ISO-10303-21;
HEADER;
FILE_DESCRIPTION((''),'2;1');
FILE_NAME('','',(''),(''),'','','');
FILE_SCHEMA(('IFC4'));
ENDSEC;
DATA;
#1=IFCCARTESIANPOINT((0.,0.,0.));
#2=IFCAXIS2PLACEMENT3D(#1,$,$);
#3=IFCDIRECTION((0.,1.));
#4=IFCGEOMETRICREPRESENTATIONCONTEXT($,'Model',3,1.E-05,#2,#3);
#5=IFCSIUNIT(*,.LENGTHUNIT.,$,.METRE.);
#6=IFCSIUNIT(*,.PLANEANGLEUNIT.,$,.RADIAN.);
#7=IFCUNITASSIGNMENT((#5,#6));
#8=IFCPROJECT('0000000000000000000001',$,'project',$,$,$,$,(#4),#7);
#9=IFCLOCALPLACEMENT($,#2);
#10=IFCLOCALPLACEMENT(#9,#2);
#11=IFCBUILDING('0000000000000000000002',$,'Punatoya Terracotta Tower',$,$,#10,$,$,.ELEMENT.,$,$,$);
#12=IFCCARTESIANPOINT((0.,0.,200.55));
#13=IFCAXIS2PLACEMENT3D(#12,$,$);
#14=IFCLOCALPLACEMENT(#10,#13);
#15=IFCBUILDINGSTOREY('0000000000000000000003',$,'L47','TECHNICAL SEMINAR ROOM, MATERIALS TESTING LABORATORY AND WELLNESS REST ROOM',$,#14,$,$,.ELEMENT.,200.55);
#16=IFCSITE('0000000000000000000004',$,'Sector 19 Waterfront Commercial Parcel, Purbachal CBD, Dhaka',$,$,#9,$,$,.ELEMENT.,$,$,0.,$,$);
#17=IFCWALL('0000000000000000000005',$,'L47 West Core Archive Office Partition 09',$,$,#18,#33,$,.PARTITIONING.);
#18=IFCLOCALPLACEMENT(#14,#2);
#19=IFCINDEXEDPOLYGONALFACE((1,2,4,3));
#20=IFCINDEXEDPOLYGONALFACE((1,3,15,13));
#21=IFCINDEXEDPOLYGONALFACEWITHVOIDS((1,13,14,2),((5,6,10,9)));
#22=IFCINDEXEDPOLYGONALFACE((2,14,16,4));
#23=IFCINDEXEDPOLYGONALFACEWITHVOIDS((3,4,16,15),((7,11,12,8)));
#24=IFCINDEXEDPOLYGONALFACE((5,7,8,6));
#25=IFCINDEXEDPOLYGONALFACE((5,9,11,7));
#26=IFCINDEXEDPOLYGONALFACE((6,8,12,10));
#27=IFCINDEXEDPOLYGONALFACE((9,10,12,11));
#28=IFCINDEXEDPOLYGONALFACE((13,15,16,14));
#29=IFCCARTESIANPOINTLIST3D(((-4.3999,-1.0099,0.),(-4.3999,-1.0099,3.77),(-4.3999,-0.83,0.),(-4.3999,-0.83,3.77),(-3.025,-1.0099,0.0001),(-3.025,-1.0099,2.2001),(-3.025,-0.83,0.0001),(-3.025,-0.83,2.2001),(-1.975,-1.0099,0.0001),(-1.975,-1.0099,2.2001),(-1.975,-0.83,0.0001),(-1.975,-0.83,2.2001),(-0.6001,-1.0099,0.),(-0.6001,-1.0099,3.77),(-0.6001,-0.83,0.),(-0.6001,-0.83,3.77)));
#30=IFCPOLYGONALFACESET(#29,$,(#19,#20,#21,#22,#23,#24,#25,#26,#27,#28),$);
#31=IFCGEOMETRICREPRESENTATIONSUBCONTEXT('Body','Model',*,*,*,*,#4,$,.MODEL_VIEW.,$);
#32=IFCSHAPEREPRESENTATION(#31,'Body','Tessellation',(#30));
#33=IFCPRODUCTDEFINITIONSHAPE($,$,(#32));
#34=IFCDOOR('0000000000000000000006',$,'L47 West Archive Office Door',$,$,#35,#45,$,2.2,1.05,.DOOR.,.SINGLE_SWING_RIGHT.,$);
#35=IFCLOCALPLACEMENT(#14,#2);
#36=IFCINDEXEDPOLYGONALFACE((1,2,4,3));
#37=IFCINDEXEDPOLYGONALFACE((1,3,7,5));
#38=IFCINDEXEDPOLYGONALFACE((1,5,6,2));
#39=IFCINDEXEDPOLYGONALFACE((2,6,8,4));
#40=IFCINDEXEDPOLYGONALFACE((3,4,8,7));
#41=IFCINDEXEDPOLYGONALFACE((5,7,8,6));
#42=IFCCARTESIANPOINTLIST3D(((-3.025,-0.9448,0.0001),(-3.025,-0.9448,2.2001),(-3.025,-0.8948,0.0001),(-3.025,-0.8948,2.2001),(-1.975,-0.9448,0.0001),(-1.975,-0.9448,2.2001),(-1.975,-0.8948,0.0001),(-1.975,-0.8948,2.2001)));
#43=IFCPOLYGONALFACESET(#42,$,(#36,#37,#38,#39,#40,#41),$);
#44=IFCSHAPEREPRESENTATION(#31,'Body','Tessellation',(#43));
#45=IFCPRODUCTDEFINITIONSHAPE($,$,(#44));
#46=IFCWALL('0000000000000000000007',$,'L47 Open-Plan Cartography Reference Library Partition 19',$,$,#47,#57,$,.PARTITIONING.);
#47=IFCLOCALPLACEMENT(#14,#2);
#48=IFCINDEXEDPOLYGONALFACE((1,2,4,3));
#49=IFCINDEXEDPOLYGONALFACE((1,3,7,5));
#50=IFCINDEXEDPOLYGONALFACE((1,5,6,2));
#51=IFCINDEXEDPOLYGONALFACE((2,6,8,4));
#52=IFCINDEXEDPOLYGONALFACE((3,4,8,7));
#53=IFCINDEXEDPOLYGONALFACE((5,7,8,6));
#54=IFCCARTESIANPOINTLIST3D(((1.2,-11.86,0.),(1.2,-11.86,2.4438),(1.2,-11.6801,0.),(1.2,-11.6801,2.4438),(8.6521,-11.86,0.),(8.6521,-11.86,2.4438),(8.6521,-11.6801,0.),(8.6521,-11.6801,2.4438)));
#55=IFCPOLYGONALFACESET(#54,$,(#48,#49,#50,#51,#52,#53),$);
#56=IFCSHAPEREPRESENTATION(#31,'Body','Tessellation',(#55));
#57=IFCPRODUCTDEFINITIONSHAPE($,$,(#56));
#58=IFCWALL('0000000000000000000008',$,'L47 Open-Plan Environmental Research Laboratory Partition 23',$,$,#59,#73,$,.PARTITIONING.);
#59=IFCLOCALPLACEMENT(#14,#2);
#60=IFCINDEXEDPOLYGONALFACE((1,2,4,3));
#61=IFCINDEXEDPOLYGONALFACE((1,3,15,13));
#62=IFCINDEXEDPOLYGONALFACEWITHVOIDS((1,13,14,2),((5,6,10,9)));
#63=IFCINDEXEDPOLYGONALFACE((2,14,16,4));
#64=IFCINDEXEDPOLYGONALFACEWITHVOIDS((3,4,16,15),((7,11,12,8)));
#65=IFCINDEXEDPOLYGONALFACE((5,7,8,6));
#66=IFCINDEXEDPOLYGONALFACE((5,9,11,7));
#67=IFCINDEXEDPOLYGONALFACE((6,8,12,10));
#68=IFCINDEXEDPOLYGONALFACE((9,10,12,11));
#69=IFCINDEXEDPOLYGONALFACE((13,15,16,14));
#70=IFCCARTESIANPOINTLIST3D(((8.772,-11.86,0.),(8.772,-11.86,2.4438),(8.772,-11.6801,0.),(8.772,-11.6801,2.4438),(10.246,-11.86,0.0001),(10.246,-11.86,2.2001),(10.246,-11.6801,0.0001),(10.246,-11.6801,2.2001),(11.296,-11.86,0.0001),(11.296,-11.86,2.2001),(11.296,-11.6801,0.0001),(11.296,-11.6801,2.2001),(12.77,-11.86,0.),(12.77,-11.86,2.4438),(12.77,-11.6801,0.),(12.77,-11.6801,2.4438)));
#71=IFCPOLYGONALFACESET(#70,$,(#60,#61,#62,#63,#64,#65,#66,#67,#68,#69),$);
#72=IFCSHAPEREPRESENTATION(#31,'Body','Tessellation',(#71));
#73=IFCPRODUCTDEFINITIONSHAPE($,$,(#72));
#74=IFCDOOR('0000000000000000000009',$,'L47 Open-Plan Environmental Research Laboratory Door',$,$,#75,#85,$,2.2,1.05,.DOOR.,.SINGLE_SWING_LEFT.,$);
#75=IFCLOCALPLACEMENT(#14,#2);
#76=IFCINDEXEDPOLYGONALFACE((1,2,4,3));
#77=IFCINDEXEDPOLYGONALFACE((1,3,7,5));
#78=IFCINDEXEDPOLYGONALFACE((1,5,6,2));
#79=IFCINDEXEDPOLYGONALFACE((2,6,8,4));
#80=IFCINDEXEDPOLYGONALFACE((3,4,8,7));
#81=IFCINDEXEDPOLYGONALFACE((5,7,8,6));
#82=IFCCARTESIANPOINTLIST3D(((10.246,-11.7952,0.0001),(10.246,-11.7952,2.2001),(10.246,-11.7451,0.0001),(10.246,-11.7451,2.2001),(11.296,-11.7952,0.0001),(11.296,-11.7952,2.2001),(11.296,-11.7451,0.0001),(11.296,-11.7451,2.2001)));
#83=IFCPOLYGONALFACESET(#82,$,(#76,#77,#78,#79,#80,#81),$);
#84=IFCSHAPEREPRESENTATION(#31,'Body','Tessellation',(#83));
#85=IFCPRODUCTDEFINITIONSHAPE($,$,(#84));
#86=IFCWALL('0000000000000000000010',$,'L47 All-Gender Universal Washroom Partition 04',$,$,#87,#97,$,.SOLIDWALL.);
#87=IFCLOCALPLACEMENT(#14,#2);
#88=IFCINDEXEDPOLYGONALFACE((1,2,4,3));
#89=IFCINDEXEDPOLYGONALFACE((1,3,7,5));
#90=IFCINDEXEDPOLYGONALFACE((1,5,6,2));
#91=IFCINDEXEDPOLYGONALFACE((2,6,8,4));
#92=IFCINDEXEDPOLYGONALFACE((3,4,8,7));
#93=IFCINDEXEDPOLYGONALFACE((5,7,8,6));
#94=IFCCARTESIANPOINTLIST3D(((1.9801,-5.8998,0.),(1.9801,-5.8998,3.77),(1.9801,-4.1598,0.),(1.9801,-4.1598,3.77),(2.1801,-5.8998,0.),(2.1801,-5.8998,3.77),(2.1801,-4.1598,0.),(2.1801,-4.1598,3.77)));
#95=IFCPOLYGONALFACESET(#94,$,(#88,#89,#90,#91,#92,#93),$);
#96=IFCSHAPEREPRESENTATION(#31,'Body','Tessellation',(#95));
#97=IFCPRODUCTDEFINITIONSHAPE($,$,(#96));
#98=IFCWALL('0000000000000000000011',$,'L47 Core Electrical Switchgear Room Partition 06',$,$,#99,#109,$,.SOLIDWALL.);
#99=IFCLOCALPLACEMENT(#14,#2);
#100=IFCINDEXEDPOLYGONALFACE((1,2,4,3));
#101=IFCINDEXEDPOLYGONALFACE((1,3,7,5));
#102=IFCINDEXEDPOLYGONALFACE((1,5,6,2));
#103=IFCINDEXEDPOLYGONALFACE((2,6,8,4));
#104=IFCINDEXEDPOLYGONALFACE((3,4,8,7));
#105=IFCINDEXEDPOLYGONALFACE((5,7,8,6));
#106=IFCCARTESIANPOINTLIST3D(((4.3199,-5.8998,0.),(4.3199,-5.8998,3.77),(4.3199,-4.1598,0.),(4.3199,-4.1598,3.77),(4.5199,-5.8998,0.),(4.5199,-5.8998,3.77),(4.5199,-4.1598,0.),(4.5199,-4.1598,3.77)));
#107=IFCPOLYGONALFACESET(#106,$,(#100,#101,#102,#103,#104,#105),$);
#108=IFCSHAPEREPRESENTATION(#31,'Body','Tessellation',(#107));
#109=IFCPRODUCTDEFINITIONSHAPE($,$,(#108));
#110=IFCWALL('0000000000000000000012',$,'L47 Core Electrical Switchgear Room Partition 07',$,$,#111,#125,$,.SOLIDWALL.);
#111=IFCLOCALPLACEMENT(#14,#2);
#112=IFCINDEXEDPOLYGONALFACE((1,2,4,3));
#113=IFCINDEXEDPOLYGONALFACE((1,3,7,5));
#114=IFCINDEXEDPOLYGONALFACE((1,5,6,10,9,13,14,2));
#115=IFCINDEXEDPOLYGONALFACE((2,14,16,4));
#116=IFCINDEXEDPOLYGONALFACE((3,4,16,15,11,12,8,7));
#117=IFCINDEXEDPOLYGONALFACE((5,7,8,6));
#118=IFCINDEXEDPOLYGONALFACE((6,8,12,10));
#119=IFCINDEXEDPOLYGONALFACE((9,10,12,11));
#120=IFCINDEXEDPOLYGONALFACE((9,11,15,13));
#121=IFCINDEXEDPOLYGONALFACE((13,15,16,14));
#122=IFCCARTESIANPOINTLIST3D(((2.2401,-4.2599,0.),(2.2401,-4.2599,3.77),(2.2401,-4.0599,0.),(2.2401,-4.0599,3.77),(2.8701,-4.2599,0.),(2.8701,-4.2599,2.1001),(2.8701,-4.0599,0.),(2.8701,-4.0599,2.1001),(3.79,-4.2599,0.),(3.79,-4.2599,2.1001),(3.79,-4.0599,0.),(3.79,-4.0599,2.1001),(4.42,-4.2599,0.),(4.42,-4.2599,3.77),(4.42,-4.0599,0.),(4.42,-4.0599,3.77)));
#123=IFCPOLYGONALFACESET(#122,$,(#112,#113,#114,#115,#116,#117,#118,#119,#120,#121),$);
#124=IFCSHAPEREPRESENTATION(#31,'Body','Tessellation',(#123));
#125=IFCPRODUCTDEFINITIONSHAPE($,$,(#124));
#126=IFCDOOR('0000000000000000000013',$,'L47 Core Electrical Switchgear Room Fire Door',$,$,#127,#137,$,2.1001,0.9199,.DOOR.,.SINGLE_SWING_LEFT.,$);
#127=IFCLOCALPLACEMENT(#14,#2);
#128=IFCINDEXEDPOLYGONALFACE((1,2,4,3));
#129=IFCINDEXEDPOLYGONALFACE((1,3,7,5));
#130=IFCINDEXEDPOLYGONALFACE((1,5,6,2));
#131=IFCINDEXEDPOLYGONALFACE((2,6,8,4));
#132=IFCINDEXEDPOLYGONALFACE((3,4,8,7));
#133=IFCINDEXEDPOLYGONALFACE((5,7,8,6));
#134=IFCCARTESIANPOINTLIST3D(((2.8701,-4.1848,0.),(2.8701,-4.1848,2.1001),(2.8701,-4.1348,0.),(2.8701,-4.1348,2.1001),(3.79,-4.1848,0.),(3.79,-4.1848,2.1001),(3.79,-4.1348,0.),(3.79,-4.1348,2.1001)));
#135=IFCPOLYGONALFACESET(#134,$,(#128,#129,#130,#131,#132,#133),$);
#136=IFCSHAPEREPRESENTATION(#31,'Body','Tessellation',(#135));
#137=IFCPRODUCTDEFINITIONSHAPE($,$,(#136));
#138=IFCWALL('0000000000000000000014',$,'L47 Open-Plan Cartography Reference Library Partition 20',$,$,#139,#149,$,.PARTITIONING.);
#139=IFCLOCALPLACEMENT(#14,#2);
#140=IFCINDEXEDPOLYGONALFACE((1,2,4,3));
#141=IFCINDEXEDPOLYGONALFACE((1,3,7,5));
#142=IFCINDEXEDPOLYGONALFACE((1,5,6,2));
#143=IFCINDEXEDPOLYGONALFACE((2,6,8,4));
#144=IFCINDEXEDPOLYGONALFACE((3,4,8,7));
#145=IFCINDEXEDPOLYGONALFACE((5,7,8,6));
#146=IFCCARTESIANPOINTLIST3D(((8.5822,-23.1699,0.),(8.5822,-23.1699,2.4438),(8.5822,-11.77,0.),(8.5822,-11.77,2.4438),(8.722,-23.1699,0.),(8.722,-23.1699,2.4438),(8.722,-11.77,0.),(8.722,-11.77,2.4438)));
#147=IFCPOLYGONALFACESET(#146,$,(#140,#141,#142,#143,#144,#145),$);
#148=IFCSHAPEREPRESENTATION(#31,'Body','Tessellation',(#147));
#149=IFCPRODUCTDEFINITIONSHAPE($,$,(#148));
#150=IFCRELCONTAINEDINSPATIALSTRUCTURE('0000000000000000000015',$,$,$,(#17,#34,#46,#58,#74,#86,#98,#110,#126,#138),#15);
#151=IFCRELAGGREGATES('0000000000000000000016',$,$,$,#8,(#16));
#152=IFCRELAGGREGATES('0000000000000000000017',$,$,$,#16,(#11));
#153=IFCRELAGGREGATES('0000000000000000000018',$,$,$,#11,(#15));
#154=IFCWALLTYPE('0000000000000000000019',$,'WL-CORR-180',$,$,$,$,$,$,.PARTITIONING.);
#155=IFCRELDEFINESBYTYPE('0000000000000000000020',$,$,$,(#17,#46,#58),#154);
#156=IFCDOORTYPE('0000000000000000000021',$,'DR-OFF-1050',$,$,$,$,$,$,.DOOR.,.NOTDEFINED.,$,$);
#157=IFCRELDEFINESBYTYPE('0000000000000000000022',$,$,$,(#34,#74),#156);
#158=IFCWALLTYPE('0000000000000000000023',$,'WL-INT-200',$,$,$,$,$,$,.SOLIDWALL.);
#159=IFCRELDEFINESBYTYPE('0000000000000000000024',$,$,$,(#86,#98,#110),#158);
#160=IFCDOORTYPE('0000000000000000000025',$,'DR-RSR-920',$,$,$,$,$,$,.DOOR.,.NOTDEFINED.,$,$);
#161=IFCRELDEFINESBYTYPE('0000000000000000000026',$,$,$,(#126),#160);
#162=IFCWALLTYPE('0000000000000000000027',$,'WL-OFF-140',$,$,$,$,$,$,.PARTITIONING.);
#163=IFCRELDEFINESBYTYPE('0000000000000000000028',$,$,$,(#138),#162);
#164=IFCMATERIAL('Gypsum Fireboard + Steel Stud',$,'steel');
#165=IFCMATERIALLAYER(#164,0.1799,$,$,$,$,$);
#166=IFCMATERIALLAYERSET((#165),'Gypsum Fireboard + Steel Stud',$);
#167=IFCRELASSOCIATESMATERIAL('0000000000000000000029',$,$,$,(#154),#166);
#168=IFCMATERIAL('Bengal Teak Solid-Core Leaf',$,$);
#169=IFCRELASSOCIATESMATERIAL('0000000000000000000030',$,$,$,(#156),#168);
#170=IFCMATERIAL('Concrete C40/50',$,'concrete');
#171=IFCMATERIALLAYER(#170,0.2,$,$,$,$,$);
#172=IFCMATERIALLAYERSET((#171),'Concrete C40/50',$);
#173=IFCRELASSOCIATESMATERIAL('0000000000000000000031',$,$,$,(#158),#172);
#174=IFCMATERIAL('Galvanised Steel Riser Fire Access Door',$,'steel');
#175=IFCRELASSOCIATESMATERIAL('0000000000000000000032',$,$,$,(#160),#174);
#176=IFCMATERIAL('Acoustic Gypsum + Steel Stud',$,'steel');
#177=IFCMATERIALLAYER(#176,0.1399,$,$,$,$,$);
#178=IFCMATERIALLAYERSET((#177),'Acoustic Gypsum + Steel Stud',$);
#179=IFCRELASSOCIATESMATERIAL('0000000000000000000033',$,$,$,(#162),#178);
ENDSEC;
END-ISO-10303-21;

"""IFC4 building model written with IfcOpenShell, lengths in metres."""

from ifc_helpers import new_model, si_unit, direction, frame, frame_2d, origin, place, context, subcontext, project, spatial, rectangle, extrude, material, layer, layer_set, type_object, element, fill, save


model = new_model("IFC4")

# Units and contexts
model_context = context("Model", 3, precision=1e-05, world=origin(), true_north=direction((0.0, 1.0)))
body_context = subcontext(model_context, "Body", "Model", "MODEL_VIEW")
ifc_project = project(units=[si_unit("LENGTHUNIT", "METRE"), si_unit("PLANEANGLEUNIT", "RADIAN")], contexts=[model_context])

# Site, building, storey
site_placement = place(None, origin())
site = spatial("IfcSite", under=ifc_project, at=site_placement, Name="Sector 19 Waterfront Commercial Parcel, Purbachal CBD, Dhaka", CompositionType="ELEMENT", RefElevation=0.0)
building_placement = place(site_placement, origin())
building = spatial("IfcBuilding", under=site, at=building_placement, Name="Punatoya Terracotta Tower", CompositionType="ELEMENT")
storey_placement = place(building_placement, frame((0.0, 0.0, 200.55)))
storey = spatial("IfcBuildingStorey", under=building, at=storey_placement, Name="L47", Description="TECHNICAL SEMINAR ROOM, MATERIALS TESTING LABORATORY AND WELLNESS REST ROOM", CompositionType="ELEMENT", Elevation=200.55)

# Shared definitions
ifc_material_1 = material(Name="Concrete C40/50", Category="concrete")

# Shared definitions
ifc_material_2 = material(Name="Gypsum Fireboard + Steel Stud", Category="steel")
ifc_layer_1 = layer(ifc_material_2, 0.1799)
ifc_layer_set_1 = layer_set([ifc_layer_1], Name="Gypsum Fireboard + Steel Stud")
wall_type_1 = type_object("IfcWallType", Name="WL-CORR-180", PredefinedType="PARTITIONING", material=ifc_layer_set_1)

# Wall, opening, door
wall_1_placement = place(storey_placement, frame((-0.6001, -0.9199, 0.0), z_axis=(0.0, 0.0, 1.0), x_axis=(-1.0, 0.0, 0.0)))
wall_1 = element("IfcWall", 1, at=wall_1_placement, inside=storey, type_object=wall_type_1, Name="L47 West Core Archive Office Partition 09", PredefinedType="PARTITIONING", context=body_context, shape_type="SweptSolid", body=[
    extrude(rectangle(XDim=3.7998, YDim=0.1799, at=frame_2d((1.8999, 0.0))), origin(), (0.0, 0.0, 1.0), 3.77),
])
opening_1_placement = place(wall_1_placement, frame((1.375, 0.0, 0.0)))
opening_1 = element("IfcOpeningElement", 2, at=opening_1_placement, cuts=wall_1, PredefinedType="OPENING", context=body_context, shape_type="SweptSolid", body=[
    extrude(rectangle(XDim=1.05, YDim=2.2, at=frame_2d((0.5249, 1.1001))), frame((0.0, 0.0999, 0.0), z_axis=(0.0, -1.0, 0.0), x_axis=(1.0, 0.0, 0.0)), (0.0, 0.0, 1.0), 0.2),
])
ifc_material_3 = material(Name="Bengal Teak Solid-Core Leaf")
door_type_1 = type_object("IfcDoorType", Name="DR-OFF-1050", OperationType="NOTDEFINED", PredefinedType="DOOR", material=ifc_material_3)
door_1_placement = place(opening_1_placement, origin())
door_1 = element("IfcDoor", 3, at=door_1_placement, inside=storey, type_object=door_type_1, Name="L47 West Archive Office Door", OperationType="SINGLE_SWING_RIGHT", OverallHeight=2.2, OverallWidth=1.05, PredefinedType="DOOR", context=body_context, shape_type="SweptSolid", body=[
    extrude(rectangle(XDim=1.05, YDim=2.2, at=frame_2d((0.5249, 1.1001))), frame((0.0, 0.0249, 0.0), z_axis=(0.0, -1.0, 0.0), x_axis=(1.0, 0.0, 0.0)), (0.0, 0.0, 1.0), 0.05),
])
fill(opening_1, door_1)

# Wall
wall_2_placement = place(storey_placement, frame((1.2, -11.77, 0.0), z_axis=(0.0, 0.0, 1.0), x_axis=(1.0, 0.0, 0.0)))
element("IfcWall", 4, at=wall_2_placement, inside=storey, type_object=wall_type_1, Name="L47 Open-Plan Cartography Reference Library Partition 19", PredefinedType="PARTITIONING", context=body_context, shape_type="SweptSolid", body=[
    extrude(rectangle(XDim=7.4521, YDim=0.1799, at=frame_2d((3.7261, 0.0))), origin(), (0.0, 0.0, 1.0), 2.4438),
])

# Wall, opening, door
wall_3_placement = place(storey_placement, frame((8.772, -11.77, 0.0), z_axis=(0.0, 0.0, 1.0), x_axis=(1.0, 0.0, 0.0)))
wall_3 = element("IfcWall", 5, at=wall_3_placement, inside=storey, type_object=wall_type_1, Name="L47 Open-Plan Environmental Research Laboratory Partition 23", PredefinedType="PARTITIONING", context=body_context, shape_type="SweptSolid", body=[
    extrude(rectangle(XDim=3.998, YDim=0.1799, at=frame_2d((1.999, 0.0))), origin(), (0.0, 0.0, 1.0), 2.4438),
])
opening_2_placement = place(wall_3_placement, frame((1.4741, 0.0, 0.0)))
opening_2 = element("IfcOpeningElement", 6, at=opening_2_placement, cuts=wall_3, PredefinedType="OPENING", context=body_context, shape_type="SweptSolid", body=[
    extrude(rectangle(XDim=1.05, YDim=2.2, at=frame_2d((0.5249, 1.1001))), frame((0.0, 0.0999, 0.0), z_axis=(0.0, -1.0, 0.0), x_axis=(1.0, 0.0, 0.0)), (0.0, 0.0, 1.0), 0.2),
])
door_2_placement = place(opening_2_placement, origin())
door_2 = element("IfcDoor", 7, at=door_2_placement, inside=storey, type_object=door_type_1, Name="L47 Open-Plan Environmental Research Laboratory Door", OperationType="SINGLE_SWING_LEFT", OverallHeight=2.2, OverallWidth=1.05, PredefinedType="DOOR", context=body_context, shape_type="SweptSolid", body=[
    extrude(rectangle(XDim=1.05, YDim=2.2, at=frame_2d((0.5249, 1.1001))), frame((0.0, 0.0249, 0.0), z_axis=(0.0, -1.0, 0.0), x_axis=(1.0, 0.0, 0.0)), (0.0, 0.0, 1.0), 0.05),
])
fill(opening_2, door_2)

# Wall
ifc_layer_2 = layer(ifc_material_1, 0.2)
ifc_layer_set_2 = layer_set([ifc_layer_2], Name="Concrete C40/50")
wall_type_2 = type_object("IfcWallType", Name="WL-INT-200", PredefinedType="SOLIDWALL", material=ifc_layer_set_2)
wall_4_placement = place(storey_placement, frame((2.0801, -5.8999, 0.0), z_axis=(0.0, 0.0, 1.0), x_axis=(0.0, 1.0, 0.0)))
element("IfcWall", 8, at=wall_4_placement, inside=storey, type_object=wall_type_2, Name="L47 All-Gender Universal Washroom Partition 04", PredefinedType="SOLIDWALL", context=body_context, shape_type="SweptSolid", body=[
    extrude(rectangle(XDim=1.74, YDim=0.2, at=frame_2d((0.8701, 0.0))), origin(), (0.0, 0.0, 1.0), 3.77),
])

# Wall
wall_5_placement = place(storey_placement, frame((4.4199, -5.8999, 0.0), z_axis=(0.0, 0.0, 1.0), x_axis=(0.0, 1.0, 0.0)))
element("IfcWall", 9, at=wall_5_placement, inside=storey, type_object=wall_type_2, Name="L47 Core Electrical Switchgear Room Partition 06", PredefinedType="SOLIDWALL", context=body_context, shape_type="SweptSolid", body=[
    extrude(rectangle(XDim=1.74, YDim=0.2, at=frame_2d((0.8701, 0.0))), origin(), (0.0, 0.0, 1.0), 3.77),
])

# Wall, opening, door
wall_6_placement = place(storey_placement, frame((4.4199, -4.1599, 0.0), z_axis=(0.0, 0.0, 1.0), x_axis=(-1.0, 0.0, 0.0)))
wall_6 = element("IfcWall", 10, at=wall_6_placement, inside=storey, type_object=wall_type_2, Name="L47 Core Electrical Switchgear Room Partition 07", PredefinedType="SOLIDWALL", context=body_context, shape_type="SweptSolid", body=[
    extrude(rectangle(XDim=2.1799, YDim=0.2, at=frame_2d((1.0898, 0.0))), origin(), (0.0, 0.0, 1.0), 3.77),
])
opening_3_placement = place(wall_6_placement, frame((0.6299, 0.0, 0.0)))
opening_3 = element("IfcOpeningElement", 11, at=opening_3_placement, cuts=wall_6, PredefinedType="OPENING", context=body_context, shape_type="SweptSolid", body=[
    extrude(rectangle(XDim=0.9199, YDim=2.1001, at=frame_2d((0.46, 1.05))), frame((0.0, 0.1099, 0.0), z_axis=(0.0, -1.0, 0.0), x_axis=(1.0, 0.0, 0.0)), (0.0, 0.0, 1.0), 0.22),
])
ifc_material_4 = material(Name="Galvanised Steel Riser Fire Access Door", Category="steel")
door_type_2 = type_object("IfcDoorType", Name="DR-RSR-920", OperationType="NOTDEFINED", PredefinedType="DOOR", material=ifc_material_4)
door_3_placement = place(opening_3_placement, origin())
door_3 = element("IfcDoor", 12, at=door_3_placement, inside=storey, type_object=door_type_2, Name="L47 Core Electrical Switchgear Room Fire Door", OperationType="SINGLE_SWING_LEFT", OverallHeight=2.1001, OverallWidth=0.9199, PredefinedType="DOOR", context=body_context, shape_type="SweptSolid", body=[
    extrude(rectangle(XDim=0.9199, YDim=2.1001, at=frame_2d((0.46, 1.05))), frame((0.0, 0.0249, 0.0), z_axis=(0.0, -1.0, 0.0), x_axis=(1.0, 0.0, 0.0)), (0.0, 0.0, 1.0), 0.05),
])
fill(opening_3, door_3)

# Wall
ifc_material_5 = material(Name="Acoustic Gypsum + Steel Stud", Category="steel")
ifc_layer_3 = layer(ifc_material_5, 0.1399)
ifc_layer_set_3 = layer_set([ifc_layer_3], Name="Acoustic Gypsum + Steel Stud")
wall_type_3 = type_object("IfcWallType", Name="WL-OFF-140", PredefinedType="PARTITIONING", material=ifc_layer_set_3)
wall_7_placement = place(storey_placement, frame((8.6521, -11.77, 0.0), z_axis=(0.0, 0.0, 1.0), x_axis=(0.0, -1.0, 0.0)))
element("IfcWall", 13, at=wall_7_placement, inside=storey, type_object=wall_type_3, Name="L47 Open-Plan Cartography Reference Library Partition 20", PredefinedType="PARTITIONING", context=body_context, shape_type="SweptSolid", body=[
    extrude(rectangle(XDim=11.3999, YDim=0.1399, at=frame_2d((5.7, 0.0))), origin(), (0.0, 0.0, 1.0), 2.4438),
])

save(model, "model.ifc")
